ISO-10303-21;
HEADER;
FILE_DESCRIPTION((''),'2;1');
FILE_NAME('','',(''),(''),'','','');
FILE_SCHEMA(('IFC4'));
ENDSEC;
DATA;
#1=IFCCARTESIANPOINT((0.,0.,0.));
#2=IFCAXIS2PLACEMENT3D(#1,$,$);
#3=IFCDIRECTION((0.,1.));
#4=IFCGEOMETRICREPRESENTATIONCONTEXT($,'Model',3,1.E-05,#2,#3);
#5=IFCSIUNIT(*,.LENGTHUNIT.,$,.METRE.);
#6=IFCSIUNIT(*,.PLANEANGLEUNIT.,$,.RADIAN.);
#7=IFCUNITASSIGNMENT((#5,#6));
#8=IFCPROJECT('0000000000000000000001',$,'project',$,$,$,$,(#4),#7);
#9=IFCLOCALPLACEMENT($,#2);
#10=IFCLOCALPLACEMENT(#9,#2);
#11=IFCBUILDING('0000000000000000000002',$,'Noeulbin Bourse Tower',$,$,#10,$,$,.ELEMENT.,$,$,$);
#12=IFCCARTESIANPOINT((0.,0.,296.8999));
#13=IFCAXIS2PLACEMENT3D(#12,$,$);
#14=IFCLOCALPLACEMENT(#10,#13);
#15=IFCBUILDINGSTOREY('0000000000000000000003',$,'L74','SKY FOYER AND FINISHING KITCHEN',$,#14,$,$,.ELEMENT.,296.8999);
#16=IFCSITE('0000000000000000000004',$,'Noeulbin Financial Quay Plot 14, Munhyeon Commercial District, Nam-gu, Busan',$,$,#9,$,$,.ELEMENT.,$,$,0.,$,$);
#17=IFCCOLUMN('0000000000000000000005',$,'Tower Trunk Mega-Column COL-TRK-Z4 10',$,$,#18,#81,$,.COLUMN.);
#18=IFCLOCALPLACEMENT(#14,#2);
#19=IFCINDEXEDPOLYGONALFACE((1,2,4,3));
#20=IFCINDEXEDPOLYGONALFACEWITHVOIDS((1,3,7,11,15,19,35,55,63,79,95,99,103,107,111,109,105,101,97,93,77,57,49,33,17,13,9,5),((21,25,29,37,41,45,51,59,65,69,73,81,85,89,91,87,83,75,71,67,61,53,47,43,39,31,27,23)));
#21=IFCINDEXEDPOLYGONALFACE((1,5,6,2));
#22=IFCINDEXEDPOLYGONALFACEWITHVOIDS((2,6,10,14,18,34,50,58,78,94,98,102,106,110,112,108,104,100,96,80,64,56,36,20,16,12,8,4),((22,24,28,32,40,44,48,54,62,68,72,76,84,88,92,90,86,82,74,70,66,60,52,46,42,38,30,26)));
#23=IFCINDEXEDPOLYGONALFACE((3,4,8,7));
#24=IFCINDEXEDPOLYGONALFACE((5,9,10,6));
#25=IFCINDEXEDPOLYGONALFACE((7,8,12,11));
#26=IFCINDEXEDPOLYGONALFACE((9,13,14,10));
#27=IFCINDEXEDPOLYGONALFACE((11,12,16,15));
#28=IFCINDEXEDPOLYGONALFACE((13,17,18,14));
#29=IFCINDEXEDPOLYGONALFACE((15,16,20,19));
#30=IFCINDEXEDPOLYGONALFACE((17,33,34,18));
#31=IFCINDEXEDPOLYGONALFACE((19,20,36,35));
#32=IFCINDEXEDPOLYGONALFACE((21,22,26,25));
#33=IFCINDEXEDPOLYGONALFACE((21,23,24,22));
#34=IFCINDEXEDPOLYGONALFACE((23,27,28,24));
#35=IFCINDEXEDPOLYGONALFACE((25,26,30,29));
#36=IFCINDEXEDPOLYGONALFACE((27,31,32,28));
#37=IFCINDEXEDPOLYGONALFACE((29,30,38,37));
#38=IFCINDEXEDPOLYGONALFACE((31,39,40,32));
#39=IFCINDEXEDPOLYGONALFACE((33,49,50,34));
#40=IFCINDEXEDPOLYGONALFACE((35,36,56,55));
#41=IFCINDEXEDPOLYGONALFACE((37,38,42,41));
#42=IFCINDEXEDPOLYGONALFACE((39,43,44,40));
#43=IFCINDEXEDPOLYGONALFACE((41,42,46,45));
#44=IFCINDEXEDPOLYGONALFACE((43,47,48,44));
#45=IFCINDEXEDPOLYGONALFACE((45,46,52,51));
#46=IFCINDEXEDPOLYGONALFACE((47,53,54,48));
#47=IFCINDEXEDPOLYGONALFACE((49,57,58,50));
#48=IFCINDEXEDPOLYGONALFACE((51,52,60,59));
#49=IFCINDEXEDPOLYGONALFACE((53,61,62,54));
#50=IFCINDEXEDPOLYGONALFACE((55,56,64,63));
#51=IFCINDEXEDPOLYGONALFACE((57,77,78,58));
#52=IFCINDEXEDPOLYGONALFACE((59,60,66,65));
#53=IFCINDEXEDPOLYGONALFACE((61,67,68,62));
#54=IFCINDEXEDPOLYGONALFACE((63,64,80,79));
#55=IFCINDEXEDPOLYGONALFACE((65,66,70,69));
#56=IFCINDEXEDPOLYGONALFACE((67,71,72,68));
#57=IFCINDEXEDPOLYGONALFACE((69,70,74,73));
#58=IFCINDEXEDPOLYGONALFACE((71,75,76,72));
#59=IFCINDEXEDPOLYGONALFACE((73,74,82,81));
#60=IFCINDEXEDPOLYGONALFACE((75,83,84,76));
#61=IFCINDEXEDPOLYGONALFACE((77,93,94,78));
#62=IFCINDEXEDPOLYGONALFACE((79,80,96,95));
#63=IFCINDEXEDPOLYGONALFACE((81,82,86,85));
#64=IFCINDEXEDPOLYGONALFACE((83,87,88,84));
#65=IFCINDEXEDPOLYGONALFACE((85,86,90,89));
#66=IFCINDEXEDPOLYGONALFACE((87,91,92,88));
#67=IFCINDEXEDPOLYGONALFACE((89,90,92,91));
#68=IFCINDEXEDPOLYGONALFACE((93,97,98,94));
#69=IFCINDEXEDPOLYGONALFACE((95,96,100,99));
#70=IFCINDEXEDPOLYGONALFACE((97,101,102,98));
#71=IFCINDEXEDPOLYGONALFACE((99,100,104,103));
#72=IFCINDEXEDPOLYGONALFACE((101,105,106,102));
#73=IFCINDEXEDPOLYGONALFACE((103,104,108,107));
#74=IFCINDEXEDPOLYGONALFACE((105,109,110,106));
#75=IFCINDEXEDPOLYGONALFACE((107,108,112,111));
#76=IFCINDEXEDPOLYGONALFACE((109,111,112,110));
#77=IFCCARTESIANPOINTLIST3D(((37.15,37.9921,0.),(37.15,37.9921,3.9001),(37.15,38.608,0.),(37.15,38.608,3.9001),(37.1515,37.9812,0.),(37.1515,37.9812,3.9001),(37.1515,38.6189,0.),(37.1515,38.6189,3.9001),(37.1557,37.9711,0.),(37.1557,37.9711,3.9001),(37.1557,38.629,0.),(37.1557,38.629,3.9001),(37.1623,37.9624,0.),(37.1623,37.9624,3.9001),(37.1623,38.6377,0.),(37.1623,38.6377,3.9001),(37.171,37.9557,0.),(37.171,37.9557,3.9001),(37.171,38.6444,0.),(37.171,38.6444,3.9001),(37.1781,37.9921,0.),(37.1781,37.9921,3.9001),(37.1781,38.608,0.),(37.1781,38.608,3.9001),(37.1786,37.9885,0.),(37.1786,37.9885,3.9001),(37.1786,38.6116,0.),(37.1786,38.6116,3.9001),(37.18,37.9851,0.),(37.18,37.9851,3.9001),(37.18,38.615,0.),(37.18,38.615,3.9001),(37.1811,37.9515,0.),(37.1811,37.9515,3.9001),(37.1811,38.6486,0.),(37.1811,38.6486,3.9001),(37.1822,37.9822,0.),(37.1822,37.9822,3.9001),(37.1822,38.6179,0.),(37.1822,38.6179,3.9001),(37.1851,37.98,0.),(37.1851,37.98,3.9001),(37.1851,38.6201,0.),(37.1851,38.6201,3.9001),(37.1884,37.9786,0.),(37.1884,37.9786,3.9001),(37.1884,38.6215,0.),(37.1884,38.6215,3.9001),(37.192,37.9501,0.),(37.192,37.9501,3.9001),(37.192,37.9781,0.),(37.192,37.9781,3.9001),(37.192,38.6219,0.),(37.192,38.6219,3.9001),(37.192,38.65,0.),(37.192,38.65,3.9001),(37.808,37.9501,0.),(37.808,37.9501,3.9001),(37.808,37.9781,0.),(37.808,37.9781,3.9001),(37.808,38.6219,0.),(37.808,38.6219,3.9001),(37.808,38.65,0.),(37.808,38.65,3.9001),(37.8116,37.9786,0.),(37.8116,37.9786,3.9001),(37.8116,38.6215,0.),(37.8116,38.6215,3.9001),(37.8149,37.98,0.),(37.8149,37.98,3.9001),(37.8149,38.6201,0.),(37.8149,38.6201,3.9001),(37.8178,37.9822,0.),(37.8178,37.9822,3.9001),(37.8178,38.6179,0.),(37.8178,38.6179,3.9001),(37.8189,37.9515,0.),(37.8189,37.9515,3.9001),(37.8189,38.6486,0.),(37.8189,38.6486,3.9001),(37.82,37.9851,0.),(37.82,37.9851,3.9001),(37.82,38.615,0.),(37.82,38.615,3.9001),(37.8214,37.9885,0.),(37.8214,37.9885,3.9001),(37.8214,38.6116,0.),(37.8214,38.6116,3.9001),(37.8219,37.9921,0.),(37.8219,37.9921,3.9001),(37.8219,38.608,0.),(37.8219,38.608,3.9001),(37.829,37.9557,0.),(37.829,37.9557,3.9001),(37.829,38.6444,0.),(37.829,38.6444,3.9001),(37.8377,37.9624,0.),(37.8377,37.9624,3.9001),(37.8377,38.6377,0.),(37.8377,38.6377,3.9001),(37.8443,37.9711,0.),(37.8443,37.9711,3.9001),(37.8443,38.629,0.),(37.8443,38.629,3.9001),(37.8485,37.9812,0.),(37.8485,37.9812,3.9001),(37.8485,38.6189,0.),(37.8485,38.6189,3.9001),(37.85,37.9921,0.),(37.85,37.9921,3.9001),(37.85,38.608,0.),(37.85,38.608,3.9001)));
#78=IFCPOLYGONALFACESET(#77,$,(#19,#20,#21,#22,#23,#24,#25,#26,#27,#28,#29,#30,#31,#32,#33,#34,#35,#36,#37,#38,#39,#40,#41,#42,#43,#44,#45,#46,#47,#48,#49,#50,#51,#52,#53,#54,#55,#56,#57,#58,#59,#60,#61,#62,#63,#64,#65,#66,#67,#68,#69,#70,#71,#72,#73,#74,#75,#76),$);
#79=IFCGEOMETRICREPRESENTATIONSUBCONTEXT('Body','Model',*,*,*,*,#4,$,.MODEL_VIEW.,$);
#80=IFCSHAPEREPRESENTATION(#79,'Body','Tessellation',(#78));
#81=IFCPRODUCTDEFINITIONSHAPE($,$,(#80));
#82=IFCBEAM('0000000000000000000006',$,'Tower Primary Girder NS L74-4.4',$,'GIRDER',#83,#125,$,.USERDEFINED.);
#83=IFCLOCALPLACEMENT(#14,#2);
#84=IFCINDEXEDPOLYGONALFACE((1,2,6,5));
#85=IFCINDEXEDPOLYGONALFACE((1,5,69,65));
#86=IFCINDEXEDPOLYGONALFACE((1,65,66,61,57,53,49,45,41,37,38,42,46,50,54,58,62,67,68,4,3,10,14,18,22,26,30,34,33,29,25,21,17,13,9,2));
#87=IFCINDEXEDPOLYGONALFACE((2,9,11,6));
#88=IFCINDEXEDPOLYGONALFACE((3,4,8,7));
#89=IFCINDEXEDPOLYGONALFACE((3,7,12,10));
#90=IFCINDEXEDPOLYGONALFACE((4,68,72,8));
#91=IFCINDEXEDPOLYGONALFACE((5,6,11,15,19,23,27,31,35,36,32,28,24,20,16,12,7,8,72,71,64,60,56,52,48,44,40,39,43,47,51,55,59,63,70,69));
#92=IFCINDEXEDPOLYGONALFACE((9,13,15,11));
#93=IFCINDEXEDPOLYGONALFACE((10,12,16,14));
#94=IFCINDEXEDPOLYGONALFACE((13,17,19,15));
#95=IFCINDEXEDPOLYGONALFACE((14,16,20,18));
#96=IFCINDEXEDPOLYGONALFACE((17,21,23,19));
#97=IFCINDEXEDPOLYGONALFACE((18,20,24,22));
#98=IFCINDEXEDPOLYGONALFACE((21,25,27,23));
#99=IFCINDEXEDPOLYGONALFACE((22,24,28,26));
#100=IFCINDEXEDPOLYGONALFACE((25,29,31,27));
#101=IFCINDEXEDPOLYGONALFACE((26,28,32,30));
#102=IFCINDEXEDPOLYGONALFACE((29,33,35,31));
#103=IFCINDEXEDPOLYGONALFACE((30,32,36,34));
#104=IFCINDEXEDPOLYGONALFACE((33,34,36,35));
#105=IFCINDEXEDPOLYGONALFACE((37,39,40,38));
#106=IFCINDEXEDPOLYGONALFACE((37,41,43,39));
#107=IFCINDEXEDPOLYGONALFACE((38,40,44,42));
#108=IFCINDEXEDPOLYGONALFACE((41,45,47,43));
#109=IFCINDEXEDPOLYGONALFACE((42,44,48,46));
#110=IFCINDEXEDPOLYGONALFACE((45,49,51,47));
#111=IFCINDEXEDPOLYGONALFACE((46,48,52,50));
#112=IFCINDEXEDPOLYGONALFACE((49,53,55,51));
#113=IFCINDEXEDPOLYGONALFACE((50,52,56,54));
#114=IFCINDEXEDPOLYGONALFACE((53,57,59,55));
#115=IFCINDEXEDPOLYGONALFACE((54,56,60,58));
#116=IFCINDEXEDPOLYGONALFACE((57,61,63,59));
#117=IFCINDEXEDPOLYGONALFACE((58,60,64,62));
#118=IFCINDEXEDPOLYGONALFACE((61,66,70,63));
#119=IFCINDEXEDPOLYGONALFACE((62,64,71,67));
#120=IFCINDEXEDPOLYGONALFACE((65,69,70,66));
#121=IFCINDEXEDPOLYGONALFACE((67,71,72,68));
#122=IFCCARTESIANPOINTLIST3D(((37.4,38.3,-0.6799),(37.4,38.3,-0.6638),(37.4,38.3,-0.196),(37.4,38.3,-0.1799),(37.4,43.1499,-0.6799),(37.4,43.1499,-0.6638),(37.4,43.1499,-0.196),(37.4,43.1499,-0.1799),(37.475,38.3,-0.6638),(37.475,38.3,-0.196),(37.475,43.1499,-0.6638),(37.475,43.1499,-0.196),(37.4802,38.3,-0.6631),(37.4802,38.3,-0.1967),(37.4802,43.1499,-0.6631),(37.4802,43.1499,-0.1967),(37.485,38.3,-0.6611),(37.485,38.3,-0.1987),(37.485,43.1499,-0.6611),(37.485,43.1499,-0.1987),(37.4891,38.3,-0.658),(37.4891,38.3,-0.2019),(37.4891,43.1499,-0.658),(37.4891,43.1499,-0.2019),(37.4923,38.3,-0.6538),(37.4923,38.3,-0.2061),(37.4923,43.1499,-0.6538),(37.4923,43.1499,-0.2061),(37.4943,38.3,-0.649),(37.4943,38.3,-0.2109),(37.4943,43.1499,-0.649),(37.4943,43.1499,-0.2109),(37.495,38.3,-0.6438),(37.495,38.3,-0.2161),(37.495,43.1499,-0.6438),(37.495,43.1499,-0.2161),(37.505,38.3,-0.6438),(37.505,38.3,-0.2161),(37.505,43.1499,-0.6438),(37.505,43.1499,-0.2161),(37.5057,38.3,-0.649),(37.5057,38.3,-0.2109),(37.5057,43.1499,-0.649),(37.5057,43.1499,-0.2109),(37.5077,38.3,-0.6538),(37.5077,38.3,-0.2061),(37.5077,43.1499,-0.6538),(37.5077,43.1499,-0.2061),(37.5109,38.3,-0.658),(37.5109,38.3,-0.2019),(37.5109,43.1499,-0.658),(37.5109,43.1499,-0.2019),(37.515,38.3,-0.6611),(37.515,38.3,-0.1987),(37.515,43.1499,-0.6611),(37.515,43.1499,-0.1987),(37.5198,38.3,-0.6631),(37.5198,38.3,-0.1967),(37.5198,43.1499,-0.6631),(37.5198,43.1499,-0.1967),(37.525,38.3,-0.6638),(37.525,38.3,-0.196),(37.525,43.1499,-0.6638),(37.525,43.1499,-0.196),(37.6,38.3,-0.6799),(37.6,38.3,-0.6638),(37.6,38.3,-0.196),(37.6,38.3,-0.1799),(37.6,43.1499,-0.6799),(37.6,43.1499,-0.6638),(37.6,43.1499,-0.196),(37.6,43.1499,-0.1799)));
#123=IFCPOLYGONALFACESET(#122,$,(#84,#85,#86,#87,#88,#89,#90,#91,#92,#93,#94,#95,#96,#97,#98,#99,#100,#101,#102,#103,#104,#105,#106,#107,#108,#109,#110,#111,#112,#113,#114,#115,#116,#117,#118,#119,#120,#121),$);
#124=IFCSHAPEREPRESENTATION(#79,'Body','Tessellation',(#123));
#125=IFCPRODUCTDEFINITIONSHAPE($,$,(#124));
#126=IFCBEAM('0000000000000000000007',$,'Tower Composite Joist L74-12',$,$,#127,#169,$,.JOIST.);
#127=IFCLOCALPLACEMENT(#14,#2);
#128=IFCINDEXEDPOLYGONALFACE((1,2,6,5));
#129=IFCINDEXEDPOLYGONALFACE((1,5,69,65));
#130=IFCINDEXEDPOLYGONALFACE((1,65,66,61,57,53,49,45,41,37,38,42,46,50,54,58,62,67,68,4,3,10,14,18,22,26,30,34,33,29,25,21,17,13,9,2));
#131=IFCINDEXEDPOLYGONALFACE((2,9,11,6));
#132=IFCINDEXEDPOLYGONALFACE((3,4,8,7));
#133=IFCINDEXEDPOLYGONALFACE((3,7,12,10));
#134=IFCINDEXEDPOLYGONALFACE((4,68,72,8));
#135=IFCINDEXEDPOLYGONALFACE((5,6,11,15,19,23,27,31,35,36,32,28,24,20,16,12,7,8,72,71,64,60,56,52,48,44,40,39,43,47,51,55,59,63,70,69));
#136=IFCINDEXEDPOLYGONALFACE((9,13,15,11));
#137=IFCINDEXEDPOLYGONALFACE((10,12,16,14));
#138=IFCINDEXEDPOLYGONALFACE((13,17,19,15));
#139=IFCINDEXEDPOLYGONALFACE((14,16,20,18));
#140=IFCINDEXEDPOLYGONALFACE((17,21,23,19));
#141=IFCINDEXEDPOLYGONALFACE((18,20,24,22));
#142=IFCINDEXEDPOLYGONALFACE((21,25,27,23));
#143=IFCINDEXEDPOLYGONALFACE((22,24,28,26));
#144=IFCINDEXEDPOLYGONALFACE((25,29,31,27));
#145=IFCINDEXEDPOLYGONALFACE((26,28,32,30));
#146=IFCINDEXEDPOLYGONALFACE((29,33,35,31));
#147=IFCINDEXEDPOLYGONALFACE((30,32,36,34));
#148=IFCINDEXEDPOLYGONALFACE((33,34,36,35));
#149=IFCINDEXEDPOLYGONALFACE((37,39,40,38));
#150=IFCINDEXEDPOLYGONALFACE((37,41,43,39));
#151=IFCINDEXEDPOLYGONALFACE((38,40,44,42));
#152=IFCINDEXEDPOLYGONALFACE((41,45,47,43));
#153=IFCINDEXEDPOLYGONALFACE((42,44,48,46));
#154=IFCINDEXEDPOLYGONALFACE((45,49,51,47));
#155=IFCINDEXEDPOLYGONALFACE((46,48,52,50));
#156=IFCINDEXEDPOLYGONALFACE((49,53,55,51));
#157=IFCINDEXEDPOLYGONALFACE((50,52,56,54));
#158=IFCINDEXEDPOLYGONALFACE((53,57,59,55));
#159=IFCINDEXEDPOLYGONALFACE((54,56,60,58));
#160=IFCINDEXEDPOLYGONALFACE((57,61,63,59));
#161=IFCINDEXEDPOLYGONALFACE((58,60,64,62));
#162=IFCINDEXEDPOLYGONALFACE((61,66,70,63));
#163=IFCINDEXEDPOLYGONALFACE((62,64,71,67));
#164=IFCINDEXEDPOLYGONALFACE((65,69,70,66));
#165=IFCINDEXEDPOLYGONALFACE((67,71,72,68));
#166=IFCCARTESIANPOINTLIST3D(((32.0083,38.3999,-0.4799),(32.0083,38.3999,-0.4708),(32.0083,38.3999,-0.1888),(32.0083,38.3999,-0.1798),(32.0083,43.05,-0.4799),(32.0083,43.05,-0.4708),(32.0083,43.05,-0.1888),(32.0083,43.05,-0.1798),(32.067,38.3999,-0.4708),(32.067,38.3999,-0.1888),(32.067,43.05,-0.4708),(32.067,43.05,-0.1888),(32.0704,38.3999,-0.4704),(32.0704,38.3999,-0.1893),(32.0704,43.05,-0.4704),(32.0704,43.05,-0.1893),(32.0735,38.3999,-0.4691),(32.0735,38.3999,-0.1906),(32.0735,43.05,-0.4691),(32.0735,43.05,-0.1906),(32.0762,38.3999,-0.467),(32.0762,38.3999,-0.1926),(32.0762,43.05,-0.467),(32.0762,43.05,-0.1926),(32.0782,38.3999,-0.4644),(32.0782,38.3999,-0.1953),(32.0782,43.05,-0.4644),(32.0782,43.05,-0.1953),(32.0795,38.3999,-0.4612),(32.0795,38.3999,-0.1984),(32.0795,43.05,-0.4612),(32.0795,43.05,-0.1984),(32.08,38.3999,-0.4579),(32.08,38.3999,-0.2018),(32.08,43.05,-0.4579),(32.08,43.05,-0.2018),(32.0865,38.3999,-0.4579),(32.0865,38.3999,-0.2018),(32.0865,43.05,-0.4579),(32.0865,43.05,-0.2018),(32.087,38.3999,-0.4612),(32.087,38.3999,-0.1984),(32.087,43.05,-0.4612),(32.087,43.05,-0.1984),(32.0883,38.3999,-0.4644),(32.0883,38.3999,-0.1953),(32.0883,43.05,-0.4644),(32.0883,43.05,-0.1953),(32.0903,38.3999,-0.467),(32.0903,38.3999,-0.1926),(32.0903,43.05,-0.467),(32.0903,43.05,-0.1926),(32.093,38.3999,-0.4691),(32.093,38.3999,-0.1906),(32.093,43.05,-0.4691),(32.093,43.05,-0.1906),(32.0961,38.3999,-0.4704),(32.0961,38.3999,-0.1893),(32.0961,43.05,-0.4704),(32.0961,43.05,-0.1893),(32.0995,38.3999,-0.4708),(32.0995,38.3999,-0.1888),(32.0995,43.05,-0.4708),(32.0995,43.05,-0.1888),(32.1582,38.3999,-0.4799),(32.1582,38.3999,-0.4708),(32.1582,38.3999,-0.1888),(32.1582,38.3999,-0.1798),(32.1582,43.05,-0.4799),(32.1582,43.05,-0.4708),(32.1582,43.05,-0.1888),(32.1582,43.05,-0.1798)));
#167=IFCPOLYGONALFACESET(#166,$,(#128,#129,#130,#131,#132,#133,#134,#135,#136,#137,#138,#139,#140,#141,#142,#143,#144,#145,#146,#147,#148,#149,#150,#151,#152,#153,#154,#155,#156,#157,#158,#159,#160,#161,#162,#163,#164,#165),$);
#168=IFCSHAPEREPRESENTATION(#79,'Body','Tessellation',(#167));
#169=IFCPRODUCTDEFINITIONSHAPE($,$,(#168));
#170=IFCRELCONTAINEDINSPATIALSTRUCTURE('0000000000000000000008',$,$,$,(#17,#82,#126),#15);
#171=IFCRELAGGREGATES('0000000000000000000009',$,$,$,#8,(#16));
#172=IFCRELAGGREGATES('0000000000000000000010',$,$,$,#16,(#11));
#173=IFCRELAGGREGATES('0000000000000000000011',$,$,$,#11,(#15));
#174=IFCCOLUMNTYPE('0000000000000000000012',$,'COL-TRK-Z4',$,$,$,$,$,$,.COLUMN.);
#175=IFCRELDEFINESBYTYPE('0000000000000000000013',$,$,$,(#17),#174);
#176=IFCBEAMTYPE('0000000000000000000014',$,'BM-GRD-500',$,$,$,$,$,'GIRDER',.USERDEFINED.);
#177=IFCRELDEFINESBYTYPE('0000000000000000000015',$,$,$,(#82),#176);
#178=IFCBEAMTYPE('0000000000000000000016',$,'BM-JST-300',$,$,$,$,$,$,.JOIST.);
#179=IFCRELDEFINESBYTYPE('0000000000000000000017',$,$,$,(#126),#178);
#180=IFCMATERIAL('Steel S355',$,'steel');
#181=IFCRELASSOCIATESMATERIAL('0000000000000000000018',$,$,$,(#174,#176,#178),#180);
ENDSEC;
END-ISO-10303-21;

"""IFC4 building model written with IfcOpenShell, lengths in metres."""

from ifc_helpers import new_model, si_unit, direction, frame, origin, origin_2d, place, context, subcontext, project, spatial, hollow_rectangle, i_section, extrude, material, material_profile, profile_set, type_object, element, save


model = new_model("IFC4")

# Units and contexts
model_context = context("Model", 3, precision=1e-05, world=origin(), true_north=direction((0.0, 1.0)))
body_context = subcontext(model_context, "Body", "Model", "MODEL_VIEW")
ifc_project = project(units=[si_unit("LENGTHUNIT", "METRE"), si_unit("PLANEANGLEUNIT", "RADIAN")], contexts=[model_context])

# Site, building, storey
site_placement = place(None, origin())
site = spatial("IfcSite", under=ifc_project, at=site_placement, Name="Noeulbin Financial Quay Plot 14, Munhyeon Commercial District, Nam-gu, Busan", CompositionType="ELEMENT", RefElevation=0.0)
building_placement = place(site_placement, origin())
building = spatial("IfcBuilding", under=site, at=building_placement, Name="Noeulbin Bourse Tower", CompositionType="ELEMENT")
storey_placement = place(building_placement, frame((0.0, 0.0, 296.8999)))
storey = spatial("IfcBuildingStorey", under=building, at=storey_placement, Name="L74", Description="SKY FOYER AND FINISHING KITCHEN", CompositionType="ELEMENT", Elevation=296.8999)

# Column
ifc_material_1 = material(Name="Steel S355", Category="steel")
ifc_material_profile_1 = material_profile(ifc_material_1, hollow_rectangle(XDim=0.7, YDim=0.7, WallThickness=0.0281, InnerFilletRadius=0.0139, OuterFilletRadius=0.042, at=origin_2d()), Name="BOX-700x700x28", Category="LoadBearing")
ifc_profile_set_1 = profile_set([ifc_material_profile_1], Name="Steel S355")
column_type = type_object("IfcColumnType", Name="COL-TRK-Z4", PredefinedType="COLUMN", material=ifc_profile_set_1)
column_placement = place(storey_placement, frame((37.5, 38.3, 0.0), z_axis=(0.0, 0.0, 1.0), x_axis=(1.0, 0.0, 0.0)))
element("IfcColumn", 1, at=column_placement, inside=storey, type_object=column_type, Name="Tower Trunk Mega-Column COL-TRK-Z4 10", PredefinedType="COLUMN", context=body_context, shape_type="SweptSolid", body=[
    extrude(hollow_rectangle(XDim=0.7, YDim=0.7, WallThickness=0.0281, InnerFilletRadius=0.0139, OuterFilletRadius=0.042, at=origin_2d()), origin(), (0.0, 0.0, 1.0), 3.9001),
])

# Beams
ifc_material_profile_2 = material_profile(ifc_material_1, i_section(OverallWidth=0.2, OverallDepth=0.5, WebThickness=0.01, FlangeThickness=0.0161, FilletRadius=0.02, at=origin_2d()), Name="H-500x200x10x16", Category="LoadBearing")
ifc_profile_set_2 = profile_set([ifc_material_profile_2], Name="Steel S355")
beam_type_1 = type_object("IfcBeamType", Name="BM-GRD-500", ElementType="GIRDER", PredefinedType="USERDEFINED", material=ifc_profile_set_2)
beam_1_placement = place(storey_placement, frame((37.5, 38.3, -0.4299), z_axis=(0.0, 1.0, 0.0), x_axis=(-1.0, 0.0, 0.0)))
element("IfcBeam", 2, at=beam_1_placement, inside=storey, type_object=beam_type_1, Name="Tower Primary Girder NS L74-4.4", ObjectType="GIRDER", PredefinedType="USERDEFINED", context=body_context, shape_type="SweptSolid", body=[
    extrude(i_section(OverallWidth=0.2, OverallDepth=0.5, WebThickness=0.01, FlangeThickness=0.0161, FilletRadius=0.02, at=origin_2d()), origin(), (0.0, 0.0, 1.0), 4.8499),
])
ifc_material_profile_3 = material_profile(ifc_material_1, i_section(OverallWidth=0.1499, OverallDepth=0.3, WebThickness=0.0066, FlangeThickness=0.009, FilletRadius=0.0129, at=origin_2d()), Name="H-300x150x6.5x9", Category="LoadBearing")
ifc_profile_set_3 = profile_set([ifc_material_profile_3], Name="Steel S355")
beam_type_2 = type_object("IfcBeamType", Name="BM-JST-300", PredefinedType="JOIST", material=ifc_profile_set_3)
beam_2_placement = place(storey_placement, frame((32.0833, 38.3999, -0.3298), z_axis=(0.0, 1.0, 0.0), x_axis=(-1.0, 0.0, 0.0)))
element("IfcBeam", 3, at=beam_2_placement, inside=storey, type_object=beam_type_2, Name="Tower Composite Joist L74-12", PredefinedType="JOIST", context=body_context, shape_type="SweptSolid", body=[
    extrude(i_section(OverallWidth=0.1499, OverallDepth=0.3, WebThickness=0.0066, FlangeThickness=0.009, FilletRadius=0.0129, at=origin_2d()), origin(), (0.0, 0.0, 1.0), 4.6501),
])

save(model, "model.ifc")
